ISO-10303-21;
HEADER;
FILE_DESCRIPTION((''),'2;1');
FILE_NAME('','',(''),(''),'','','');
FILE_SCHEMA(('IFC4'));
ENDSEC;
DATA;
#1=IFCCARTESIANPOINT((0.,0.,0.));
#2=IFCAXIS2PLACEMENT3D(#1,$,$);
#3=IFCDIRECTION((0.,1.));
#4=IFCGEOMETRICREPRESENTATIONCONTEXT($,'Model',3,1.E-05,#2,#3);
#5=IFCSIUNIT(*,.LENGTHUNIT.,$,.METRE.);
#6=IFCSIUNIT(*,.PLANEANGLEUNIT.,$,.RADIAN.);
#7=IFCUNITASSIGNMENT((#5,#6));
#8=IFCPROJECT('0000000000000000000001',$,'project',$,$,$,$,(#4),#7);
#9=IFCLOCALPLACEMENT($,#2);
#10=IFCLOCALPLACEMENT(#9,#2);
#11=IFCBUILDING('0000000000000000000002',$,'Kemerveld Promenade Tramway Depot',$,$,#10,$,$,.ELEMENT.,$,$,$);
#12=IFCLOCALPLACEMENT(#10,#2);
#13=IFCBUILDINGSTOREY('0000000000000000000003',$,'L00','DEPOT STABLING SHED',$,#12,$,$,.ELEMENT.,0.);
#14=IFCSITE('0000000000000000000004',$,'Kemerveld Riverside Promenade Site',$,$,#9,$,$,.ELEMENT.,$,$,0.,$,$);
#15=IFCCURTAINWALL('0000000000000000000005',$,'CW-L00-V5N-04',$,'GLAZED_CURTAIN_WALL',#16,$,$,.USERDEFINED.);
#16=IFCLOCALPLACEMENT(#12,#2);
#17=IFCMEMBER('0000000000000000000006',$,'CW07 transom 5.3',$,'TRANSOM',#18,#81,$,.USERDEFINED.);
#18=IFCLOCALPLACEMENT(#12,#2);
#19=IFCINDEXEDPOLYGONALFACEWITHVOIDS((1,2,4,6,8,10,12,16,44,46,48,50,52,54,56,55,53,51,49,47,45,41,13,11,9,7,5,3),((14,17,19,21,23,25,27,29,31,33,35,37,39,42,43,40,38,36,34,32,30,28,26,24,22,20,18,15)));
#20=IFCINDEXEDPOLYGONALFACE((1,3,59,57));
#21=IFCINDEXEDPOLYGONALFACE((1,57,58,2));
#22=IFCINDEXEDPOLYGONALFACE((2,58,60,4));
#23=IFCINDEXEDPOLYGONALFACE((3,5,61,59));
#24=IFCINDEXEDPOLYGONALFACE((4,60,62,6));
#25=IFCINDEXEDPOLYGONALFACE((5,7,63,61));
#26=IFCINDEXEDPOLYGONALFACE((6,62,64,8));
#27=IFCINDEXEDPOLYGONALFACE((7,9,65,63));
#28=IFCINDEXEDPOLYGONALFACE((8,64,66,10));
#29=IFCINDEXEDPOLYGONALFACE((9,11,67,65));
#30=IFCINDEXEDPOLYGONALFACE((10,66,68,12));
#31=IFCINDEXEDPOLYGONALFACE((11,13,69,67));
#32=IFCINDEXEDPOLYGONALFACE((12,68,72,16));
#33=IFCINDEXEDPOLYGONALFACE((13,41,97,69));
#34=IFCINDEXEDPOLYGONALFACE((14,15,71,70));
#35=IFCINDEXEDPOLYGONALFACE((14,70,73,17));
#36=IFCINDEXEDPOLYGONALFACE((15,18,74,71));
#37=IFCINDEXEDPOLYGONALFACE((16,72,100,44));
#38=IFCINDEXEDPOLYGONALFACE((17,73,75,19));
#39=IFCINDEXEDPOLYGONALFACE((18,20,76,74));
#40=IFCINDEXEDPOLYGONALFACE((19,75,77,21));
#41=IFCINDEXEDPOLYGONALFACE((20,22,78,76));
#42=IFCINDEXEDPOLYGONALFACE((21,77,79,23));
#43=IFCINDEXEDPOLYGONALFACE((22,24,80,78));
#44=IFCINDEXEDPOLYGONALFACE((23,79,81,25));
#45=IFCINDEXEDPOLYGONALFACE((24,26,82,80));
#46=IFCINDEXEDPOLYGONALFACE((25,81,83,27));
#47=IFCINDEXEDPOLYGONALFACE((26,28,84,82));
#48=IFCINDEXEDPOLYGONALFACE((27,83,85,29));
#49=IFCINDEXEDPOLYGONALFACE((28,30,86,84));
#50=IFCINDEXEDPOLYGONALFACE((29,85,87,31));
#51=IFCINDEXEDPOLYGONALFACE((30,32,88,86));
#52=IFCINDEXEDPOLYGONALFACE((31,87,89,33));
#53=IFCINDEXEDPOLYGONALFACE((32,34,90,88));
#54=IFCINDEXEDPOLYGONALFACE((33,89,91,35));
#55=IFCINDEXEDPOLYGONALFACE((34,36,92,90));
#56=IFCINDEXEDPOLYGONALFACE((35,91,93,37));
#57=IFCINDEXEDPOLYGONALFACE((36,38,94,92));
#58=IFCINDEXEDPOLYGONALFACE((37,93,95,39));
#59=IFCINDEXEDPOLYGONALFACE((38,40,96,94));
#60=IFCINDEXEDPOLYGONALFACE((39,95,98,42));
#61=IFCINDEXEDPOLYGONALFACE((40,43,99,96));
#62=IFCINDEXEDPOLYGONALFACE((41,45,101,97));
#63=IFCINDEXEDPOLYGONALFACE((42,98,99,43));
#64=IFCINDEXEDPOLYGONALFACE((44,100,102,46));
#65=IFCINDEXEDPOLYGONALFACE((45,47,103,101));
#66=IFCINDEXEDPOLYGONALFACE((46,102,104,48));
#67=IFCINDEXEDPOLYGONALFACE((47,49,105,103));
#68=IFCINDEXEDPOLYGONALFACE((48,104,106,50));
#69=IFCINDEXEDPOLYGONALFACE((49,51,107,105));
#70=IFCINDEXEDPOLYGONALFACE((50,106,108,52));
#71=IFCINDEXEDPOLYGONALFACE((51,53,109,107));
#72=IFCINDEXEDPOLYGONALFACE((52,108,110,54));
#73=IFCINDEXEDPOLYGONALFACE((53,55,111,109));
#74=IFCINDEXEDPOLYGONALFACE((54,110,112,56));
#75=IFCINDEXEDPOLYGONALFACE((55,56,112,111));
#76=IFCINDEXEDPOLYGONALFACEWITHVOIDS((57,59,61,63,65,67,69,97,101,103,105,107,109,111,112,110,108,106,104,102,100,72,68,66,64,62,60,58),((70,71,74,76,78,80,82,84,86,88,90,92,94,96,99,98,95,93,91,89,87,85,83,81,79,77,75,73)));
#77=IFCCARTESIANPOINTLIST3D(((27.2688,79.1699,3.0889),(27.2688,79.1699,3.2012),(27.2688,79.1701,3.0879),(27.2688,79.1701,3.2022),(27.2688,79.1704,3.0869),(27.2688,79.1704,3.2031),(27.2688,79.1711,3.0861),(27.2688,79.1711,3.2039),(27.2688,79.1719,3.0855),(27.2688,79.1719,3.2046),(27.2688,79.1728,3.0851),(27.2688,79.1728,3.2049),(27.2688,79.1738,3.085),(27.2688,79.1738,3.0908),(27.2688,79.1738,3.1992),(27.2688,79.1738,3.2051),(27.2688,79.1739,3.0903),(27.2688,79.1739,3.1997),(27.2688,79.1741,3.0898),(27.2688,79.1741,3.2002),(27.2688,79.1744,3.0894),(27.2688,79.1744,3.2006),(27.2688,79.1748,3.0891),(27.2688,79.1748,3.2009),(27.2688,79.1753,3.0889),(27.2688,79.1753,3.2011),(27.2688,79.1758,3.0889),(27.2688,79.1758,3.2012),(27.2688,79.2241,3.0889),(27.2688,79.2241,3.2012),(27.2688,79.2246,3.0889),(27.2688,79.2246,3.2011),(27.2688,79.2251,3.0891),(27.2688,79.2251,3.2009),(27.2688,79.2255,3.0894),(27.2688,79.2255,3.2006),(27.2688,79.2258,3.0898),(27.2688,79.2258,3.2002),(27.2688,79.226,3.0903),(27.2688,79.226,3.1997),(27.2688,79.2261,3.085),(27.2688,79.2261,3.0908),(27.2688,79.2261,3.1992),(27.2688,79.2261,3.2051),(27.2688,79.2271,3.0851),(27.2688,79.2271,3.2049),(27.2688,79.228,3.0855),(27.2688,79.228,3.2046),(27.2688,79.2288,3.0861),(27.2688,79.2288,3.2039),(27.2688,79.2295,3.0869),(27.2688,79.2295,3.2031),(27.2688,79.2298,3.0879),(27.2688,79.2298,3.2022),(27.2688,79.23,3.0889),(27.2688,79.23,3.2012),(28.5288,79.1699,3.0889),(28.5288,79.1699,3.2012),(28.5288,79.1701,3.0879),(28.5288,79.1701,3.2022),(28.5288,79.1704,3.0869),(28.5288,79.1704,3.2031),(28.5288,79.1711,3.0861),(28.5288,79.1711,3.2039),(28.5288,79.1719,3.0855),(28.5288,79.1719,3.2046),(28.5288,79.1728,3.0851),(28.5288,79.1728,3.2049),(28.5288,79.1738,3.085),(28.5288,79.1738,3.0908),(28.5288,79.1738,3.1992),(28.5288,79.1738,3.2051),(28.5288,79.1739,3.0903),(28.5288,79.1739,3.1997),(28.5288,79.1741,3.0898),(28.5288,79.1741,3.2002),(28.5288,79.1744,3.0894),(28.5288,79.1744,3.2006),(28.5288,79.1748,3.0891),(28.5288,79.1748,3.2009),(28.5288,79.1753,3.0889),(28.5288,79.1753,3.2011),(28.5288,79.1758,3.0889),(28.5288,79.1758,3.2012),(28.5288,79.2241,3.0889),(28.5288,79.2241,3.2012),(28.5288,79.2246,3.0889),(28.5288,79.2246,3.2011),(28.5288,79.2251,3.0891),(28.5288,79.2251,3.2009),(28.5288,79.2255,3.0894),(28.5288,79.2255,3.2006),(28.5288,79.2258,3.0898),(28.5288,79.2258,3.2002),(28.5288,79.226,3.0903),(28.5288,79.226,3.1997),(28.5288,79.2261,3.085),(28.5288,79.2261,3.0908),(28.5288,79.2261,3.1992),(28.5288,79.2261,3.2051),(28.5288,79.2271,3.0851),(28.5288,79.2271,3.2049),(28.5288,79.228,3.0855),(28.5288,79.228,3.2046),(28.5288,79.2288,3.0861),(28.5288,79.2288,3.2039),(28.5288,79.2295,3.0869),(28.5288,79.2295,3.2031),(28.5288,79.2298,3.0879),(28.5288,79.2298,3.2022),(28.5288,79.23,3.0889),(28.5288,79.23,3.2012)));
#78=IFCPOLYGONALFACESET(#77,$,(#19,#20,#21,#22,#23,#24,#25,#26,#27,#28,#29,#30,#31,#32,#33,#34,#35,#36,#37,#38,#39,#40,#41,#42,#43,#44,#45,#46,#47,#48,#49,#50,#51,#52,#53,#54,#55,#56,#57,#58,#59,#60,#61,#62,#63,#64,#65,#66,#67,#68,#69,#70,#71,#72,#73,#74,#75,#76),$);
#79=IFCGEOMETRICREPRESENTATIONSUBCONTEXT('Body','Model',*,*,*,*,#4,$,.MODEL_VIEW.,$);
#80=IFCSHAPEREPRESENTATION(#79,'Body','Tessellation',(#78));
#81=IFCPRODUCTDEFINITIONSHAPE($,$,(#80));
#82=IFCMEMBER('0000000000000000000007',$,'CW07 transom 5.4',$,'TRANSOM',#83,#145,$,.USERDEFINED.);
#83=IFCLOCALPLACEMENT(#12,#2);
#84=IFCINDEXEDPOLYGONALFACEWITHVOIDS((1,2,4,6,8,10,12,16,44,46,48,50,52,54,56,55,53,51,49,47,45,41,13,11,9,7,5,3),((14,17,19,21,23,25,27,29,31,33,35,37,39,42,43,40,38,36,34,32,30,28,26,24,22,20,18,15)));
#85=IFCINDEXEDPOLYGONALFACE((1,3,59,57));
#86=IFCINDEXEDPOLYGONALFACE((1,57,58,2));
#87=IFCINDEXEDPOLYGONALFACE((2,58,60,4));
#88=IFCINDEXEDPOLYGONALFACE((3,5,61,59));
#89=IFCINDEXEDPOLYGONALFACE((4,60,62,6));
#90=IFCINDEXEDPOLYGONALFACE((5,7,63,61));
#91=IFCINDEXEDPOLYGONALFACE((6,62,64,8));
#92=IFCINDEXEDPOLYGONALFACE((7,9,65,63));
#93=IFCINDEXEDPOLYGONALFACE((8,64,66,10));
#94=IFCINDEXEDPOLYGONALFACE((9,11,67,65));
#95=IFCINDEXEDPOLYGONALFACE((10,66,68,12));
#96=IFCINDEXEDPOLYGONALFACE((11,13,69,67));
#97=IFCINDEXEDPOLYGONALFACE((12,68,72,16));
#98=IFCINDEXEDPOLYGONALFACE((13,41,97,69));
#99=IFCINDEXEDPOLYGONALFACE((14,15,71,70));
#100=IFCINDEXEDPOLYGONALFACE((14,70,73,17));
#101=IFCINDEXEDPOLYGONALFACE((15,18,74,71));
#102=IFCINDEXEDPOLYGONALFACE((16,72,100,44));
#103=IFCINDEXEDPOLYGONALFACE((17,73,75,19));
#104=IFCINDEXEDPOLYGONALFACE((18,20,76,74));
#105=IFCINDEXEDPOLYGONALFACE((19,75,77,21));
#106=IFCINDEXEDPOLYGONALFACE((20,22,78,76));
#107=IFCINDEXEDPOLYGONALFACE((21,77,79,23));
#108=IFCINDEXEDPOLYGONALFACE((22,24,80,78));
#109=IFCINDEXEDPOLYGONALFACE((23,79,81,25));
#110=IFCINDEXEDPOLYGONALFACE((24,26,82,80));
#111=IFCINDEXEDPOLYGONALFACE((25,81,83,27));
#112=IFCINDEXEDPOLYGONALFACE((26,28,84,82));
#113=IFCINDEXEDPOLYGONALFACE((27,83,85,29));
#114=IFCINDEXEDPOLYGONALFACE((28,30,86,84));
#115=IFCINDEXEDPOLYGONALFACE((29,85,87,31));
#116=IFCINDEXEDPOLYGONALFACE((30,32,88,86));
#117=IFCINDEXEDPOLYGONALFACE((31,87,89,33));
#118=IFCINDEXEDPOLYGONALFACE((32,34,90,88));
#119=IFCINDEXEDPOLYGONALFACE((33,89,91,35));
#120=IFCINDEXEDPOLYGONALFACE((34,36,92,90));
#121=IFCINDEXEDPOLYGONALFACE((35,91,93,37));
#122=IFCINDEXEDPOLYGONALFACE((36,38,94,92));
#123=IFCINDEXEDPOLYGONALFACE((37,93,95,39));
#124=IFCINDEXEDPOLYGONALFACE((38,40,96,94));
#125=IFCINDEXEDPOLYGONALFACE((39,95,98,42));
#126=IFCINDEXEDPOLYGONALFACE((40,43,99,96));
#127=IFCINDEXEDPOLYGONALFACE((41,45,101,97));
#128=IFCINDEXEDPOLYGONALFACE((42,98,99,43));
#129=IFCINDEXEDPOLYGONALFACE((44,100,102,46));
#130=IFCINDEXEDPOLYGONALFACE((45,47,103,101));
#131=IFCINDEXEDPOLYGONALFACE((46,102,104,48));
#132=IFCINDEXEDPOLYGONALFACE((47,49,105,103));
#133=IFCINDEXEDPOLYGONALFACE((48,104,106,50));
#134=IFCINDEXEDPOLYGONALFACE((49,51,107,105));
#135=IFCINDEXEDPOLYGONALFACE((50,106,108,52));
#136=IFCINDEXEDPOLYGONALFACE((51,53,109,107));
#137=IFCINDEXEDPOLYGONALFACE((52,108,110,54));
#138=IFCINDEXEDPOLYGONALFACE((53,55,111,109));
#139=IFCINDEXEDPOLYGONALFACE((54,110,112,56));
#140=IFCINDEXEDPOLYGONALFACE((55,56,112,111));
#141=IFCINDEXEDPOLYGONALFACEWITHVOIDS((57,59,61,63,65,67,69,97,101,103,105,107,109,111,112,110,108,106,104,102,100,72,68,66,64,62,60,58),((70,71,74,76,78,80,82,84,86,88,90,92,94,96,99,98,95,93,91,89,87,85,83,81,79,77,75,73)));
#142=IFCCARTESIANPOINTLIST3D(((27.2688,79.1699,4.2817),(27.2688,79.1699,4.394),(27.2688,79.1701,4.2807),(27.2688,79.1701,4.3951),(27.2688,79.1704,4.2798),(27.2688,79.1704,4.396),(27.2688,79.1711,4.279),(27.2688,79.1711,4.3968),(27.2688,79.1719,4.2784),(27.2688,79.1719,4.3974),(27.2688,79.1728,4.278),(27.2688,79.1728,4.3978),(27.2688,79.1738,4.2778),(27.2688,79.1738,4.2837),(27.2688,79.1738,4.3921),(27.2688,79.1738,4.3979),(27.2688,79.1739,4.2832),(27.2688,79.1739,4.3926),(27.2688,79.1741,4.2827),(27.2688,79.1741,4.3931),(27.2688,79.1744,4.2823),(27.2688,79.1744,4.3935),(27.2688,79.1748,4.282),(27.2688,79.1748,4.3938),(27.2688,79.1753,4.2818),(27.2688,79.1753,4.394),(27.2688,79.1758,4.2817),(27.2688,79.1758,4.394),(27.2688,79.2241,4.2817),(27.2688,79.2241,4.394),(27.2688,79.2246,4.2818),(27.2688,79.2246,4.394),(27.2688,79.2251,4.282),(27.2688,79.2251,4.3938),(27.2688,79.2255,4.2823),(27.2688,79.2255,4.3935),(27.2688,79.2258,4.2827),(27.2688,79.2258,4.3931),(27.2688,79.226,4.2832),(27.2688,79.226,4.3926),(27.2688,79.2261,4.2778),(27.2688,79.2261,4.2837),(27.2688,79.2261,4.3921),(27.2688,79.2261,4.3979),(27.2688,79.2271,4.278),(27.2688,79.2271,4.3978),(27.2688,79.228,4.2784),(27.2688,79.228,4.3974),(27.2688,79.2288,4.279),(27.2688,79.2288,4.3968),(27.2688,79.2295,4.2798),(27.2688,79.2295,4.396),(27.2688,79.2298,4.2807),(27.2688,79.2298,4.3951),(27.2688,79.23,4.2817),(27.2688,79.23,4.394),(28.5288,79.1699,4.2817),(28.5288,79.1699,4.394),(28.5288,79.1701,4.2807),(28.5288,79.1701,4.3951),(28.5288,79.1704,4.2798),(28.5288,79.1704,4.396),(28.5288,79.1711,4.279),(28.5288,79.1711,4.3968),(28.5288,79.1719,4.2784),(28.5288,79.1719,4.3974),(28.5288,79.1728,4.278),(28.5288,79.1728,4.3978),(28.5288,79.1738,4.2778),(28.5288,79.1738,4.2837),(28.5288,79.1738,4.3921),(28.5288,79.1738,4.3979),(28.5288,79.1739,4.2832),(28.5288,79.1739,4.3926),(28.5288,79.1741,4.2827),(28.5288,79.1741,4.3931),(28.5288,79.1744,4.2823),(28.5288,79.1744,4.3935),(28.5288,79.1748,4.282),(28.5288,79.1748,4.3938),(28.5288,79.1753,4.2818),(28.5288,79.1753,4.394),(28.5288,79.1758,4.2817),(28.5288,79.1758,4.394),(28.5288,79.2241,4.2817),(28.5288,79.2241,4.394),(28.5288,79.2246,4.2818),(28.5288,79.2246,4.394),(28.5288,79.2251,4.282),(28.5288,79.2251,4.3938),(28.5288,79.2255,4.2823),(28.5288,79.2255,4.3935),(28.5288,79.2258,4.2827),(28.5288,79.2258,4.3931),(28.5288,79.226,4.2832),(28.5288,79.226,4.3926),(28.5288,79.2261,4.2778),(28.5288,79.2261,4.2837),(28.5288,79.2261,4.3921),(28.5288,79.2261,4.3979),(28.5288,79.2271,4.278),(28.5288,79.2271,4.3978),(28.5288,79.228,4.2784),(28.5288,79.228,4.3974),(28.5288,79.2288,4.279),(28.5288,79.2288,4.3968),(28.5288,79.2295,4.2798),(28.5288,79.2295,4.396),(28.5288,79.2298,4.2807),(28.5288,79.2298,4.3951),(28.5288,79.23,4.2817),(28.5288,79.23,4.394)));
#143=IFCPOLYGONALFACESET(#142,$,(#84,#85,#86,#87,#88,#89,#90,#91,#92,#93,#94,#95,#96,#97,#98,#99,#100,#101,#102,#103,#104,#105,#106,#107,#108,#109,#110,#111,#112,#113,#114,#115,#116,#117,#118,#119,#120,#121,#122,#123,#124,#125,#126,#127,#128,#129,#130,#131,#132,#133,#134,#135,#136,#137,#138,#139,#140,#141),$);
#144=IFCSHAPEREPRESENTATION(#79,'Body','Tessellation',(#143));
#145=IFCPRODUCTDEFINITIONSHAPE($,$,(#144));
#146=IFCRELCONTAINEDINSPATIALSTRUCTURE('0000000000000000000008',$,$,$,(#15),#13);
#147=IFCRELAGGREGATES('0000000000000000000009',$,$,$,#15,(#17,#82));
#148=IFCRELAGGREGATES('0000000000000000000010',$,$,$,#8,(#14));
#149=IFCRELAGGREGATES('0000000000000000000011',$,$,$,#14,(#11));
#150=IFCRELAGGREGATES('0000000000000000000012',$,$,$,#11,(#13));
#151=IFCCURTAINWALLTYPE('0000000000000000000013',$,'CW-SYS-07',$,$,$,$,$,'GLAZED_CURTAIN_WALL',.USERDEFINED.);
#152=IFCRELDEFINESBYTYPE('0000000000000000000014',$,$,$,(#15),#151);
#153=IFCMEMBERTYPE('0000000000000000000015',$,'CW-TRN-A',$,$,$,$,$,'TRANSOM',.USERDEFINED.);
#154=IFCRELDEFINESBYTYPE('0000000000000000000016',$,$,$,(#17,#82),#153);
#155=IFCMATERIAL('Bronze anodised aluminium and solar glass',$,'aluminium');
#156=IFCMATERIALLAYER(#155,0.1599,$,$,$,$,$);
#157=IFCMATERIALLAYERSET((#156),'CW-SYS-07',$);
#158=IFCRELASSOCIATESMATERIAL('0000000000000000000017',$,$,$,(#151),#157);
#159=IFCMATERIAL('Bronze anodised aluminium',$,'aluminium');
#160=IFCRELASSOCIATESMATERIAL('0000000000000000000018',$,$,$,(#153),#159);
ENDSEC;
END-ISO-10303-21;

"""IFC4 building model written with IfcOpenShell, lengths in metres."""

from ifc_helpers import new_model, si_unit, direction, frame, origin, origin_2d, place, context, subcontext, project, spatial, hollow_rectangle, extrude, material, layer, layer_set, material_profile, profile_set, type_object, element, aggregate, save


model = new_model("IFC4")

# Units and contexts
model_context = context("Model", 3, precision=1e-05, world=origin(), true_north=direction((0.0, 1.0)))
body_context = subcontext(model_context, "Body", "Model", "MODEL_VIEW")
ifc_project = project(units=[si_unit("LENGTHUNIT", "METRE"), si_unit("PLANEANGLEUNIT", "RADIAN")], contexts=[model_context])

# Site, building, storey
site_placement = place(None, origin())
site = spatial("IfcSite", under=ifc_project, at=site_placement, Name="Kemerveld Riverside Promenade Site", CompositionType="ELEMENT", RefElevation=0.0)
building_placement = place(site_placement, origin())
building = spatial("IfcBuilding", under=site, at=building_placement, Name="Kemerveld Promenade Tramway Depot", CompositionType="ELEMENT")
storey_placement = place(building_placement, origin())
storey = spatial("IfcBuildingStorey", under=building, at=storey_placement, Name="L00", Description="DEPOT STABLING SHED", CompositionType="ELEMENT", Elevation=0.0)

# Curtain wall
ifc_material_1 = material(Name="Bronze anodised aluminium and solar glass", Category="aluminium")
ifc_layer_1 = layer(ifc_material_1, 0.1599)
ifc_layer_set_1 = layer_set([ifc_layer_1], Name="CW-SYS-07")
curtain_wall_type_1 = type_object("IfcCurtainWallType", Name="CW-SYS-07", ElementType="GLAZED_CURTAIN_WALL", PredefinedType="USERDEFINED", material=ifc_layer_set_1)
curtain_wall_1_placement = place(storey_placement, origin())
curtain_wall_1 = element("IfcCurtainWall", 1, at=curtain_wall_1_placement, inside=storey, type_object=curtain_wall_type_1, Name="CW-L00-V5N-04", ObjectType="GLAZED_CURTAIN_WALL", PredefinedType="USERDEFINED")
ifc_material_2 = material(Name="Bronze anodised aluminium", Category="aluminium")

# Members
ifc_material_profile_1 = material_profile(ifc_material_2, hollow_rectangle(XDim=0.0601, YDim=0.1201, WallThickness=0.0039, InnerFilletRadius=0.002, OuterFilletRadius=0.0039, at=origin_2d()), Name="CW-TRN-120x60")
ifc_profile_set_1 = profile_set([ifc_material_profile_1], Name="Bronze anodised aluminium")
member_type_1 = type_object("IfcMemberType", Name="CW-TRN-A", ElementType="TRANSOM", PredefinedType="USERDEFINED", material=ifc_profile_set_1)
member_1_placement = place(storey_placement, frame((27.2688, 79.2, 3.145), z_axis=(1.0, 0.0, 0.0), x_axis=(0.0, 1.0, 0.0)))
member_1 = element("IfcMember", 2, at=member_1_placement, type_object=member_type_1, Name="CW07 transom 5.3", ObjectType="TRANSOM", PredefinedType="USERDEFINED", context=body_context, shape_type="SweptSolid", body=[
    extrude(hollow_rectangle(XDim=0.0601, YDim=0.1201, WallThickness=0.0039, InnerFilletRadius=0.002, OuterFilletRadius=0.0039, at=origin_2d()), origin(), (0.0, 0.0, 1.0), 1.26),
])
member_2_placement = place(storey_placement, frame((27.2688, 79.2, 4.3379), z_axis=(1.0, 0.0, 0.0), x_axis=(0.0, 1.0, 0.0)))
member_2 = element("IfcMember", 3, at=member_2_placement, type_object=member_type_1, Name="CW07 transom 5.4", ObjectType="TRANSOM", PredefinedType="USERDEFINED", context=body_context, shape_type="SweptSolid", body=[
    extrude(hollow_rectangle(XDim=0.0601, YDim=0.1201, WallThickness=0.0039, InnerFilletRadius=0.002, OuterFilletRadius=0.0039, at=origin_2d()), origin(), (0.0, 0.0, 1.0), 1.26),
])

aggregate(curtain_wall_1, [member_1, member_2])

save(model, "model.ifc")
